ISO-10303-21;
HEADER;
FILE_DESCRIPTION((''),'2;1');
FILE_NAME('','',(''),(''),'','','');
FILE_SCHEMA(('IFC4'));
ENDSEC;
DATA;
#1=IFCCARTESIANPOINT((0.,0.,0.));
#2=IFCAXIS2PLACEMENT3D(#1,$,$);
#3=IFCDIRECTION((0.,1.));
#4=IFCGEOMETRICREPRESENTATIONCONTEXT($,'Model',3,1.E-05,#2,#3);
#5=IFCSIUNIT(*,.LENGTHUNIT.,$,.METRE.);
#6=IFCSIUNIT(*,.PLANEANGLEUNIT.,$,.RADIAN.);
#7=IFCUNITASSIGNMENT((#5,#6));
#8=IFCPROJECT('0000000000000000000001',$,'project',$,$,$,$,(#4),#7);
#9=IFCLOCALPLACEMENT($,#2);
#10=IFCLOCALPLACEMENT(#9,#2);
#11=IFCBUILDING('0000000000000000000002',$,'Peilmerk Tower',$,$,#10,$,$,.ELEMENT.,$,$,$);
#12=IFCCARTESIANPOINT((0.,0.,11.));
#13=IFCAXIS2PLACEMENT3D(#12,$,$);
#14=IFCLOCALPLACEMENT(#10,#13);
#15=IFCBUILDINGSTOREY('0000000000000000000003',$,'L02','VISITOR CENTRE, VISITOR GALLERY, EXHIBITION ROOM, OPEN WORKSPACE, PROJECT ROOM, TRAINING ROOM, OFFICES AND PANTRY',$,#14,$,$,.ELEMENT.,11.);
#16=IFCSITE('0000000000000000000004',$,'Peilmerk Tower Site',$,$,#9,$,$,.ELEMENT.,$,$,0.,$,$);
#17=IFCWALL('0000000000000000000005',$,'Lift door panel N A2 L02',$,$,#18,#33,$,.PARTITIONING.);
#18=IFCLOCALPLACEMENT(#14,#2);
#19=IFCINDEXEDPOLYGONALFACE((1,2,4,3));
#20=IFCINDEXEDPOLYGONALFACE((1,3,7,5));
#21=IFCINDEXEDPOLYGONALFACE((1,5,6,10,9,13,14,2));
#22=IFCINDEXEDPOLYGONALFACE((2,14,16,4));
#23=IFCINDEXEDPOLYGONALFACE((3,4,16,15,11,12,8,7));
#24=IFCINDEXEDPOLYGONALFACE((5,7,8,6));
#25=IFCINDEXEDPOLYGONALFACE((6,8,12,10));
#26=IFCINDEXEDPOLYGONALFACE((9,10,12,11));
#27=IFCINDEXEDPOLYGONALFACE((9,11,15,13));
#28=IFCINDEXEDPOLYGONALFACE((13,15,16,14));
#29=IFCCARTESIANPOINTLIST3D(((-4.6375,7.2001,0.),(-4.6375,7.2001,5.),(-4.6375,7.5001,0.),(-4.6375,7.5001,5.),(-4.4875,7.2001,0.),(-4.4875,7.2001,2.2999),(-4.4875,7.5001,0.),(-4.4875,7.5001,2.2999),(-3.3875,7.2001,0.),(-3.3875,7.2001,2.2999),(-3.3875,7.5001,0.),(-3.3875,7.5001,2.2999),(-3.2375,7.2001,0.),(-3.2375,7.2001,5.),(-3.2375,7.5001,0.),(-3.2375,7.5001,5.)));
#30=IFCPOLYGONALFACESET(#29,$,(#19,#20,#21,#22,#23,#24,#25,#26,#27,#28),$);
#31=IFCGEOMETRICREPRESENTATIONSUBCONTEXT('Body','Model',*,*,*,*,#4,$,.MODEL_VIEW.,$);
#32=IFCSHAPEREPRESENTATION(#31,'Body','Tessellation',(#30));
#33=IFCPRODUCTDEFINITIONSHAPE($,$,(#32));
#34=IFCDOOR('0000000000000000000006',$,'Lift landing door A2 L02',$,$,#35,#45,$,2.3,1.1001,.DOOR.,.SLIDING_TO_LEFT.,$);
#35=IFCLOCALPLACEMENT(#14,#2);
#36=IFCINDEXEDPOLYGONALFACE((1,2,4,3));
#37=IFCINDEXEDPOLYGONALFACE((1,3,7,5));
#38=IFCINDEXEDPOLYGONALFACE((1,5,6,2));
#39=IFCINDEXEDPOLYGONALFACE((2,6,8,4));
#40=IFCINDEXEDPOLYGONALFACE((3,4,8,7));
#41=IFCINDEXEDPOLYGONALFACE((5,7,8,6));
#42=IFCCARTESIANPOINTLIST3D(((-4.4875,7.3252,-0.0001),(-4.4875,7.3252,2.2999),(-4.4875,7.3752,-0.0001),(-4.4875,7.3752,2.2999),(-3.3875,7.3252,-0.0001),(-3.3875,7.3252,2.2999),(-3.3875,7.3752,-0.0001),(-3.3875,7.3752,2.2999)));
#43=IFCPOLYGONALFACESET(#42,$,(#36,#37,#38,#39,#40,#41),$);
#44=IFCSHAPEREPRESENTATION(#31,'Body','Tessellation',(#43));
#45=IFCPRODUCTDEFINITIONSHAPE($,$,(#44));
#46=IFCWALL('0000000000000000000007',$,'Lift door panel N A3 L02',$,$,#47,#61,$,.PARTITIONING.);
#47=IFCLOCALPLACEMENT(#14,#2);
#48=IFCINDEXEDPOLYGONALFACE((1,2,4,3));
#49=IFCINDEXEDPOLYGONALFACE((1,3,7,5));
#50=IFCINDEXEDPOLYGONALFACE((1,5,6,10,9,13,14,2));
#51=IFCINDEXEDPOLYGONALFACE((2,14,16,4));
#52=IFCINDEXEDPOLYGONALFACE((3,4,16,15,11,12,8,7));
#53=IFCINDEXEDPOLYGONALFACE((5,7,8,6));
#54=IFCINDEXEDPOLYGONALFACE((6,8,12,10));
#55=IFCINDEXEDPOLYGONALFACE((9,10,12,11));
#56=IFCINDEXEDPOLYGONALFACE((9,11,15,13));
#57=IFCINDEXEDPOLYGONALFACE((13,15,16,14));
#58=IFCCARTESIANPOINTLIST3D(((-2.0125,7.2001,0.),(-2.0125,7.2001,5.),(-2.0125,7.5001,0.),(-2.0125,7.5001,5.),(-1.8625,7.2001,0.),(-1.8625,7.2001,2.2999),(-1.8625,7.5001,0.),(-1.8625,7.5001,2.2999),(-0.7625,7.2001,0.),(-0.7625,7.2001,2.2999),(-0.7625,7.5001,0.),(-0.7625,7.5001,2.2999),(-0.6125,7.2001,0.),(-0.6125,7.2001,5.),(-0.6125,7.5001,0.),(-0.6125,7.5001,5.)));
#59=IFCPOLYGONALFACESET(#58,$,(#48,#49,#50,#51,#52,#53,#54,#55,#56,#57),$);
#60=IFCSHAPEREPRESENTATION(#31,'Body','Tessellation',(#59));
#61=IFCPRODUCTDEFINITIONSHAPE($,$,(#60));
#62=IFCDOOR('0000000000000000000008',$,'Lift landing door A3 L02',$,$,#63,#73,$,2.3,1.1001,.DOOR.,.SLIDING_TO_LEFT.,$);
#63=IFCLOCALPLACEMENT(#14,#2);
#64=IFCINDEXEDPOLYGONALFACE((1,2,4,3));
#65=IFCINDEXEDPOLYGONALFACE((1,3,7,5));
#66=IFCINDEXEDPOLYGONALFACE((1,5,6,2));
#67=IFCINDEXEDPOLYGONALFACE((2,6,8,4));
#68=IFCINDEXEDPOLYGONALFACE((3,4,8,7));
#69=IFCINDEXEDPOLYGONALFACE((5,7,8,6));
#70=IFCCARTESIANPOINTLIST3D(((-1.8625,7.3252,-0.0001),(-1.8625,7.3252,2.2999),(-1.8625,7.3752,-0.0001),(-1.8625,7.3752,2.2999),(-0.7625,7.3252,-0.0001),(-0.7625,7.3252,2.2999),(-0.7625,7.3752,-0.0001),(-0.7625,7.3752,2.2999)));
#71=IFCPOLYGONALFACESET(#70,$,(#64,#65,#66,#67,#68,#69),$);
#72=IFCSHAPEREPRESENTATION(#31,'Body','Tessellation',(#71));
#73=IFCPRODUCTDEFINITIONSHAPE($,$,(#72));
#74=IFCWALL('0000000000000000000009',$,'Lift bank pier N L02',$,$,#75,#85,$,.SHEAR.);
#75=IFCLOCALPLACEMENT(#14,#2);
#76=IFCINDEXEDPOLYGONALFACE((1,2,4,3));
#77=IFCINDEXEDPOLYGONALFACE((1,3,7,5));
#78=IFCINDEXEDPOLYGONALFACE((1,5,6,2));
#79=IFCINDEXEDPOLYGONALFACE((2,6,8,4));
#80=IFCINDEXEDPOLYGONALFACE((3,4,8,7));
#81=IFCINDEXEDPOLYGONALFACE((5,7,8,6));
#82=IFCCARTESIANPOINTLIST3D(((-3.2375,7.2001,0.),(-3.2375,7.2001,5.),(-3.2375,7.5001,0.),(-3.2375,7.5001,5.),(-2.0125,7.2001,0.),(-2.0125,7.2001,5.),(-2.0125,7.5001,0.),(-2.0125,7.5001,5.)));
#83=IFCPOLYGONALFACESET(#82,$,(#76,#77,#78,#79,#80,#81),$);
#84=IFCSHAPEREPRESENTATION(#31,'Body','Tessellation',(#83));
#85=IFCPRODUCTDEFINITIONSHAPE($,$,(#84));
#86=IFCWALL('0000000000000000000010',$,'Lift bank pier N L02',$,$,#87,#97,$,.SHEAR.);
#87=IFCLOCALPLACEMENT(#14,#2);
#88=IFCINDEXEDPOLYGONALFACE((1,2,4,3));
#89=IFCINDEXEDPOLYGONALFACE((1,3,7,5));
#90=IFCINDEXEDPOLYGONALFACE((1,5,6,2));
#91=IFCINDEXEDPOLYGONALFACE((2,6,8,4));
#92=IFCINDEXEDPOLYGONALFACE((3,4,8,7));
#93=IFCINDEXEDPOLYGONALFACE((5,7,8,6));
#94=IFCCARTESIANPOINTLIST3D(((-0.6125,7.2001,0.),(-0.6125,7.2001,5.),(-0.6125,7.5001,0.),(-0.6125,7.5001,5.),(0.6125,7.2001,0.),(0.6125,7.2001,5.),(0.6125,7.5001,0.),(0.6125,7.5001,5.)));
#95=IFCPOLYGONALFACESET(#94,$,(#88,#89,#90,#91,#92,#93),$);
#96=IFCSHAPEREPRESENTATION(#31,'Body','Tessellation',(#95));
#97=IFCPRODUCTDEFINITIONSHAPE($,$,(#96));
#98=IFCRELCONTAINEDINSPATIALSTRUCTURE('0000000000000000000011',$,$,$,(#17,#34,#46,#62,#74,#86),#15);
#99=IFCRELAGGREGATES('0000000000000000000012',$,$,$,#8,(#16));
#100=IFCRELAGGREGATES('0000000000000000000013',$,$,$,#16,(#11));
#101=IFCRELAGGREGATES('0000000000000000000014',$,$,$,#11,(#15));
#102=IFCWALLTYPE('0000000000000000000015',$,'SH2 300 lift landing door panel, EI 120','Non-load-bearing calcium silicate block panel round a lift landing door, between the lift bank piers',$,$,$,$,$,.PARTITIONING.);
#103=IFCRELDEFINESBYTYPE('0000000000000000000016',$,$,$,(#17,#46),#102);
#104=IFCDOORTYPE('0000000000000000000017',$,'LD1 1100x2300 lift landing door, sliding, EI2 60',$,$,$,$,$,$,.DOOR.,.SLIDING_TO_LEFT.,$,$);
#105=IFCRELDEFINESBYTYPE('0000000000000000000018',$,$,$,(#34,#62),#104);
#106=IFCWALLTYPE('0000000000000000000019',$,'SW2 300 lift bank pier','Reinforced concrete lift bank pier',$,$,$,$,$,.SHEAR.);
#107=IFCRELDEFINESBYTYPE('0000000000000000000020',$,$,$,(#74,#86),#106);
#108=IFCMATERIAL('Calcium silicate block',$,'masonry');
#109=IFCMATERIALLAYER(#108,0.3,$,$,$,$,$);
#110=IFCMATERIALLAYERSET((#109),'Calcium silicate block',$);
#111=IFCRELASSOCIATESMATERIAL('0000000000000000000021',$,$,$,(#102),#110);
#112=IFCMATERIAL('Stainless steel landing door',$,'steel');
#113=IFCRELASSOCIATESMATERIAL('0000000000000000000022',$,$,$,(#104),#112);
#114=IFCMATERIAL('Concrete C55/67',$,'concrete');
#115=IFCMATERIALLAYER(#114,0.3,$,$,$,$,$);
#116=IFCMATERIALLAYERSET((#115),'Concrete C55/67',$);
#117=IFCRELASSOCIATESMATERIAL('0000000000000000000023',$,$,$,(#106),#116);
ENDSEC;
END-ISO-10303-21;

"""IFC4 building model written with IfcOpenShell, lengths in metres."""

from ifc_helpers import new_model, si_unit, direction, frame, frame_2d, origin, place, context, subcontext, project, spatial, rectangle, extrude, material, layer, layer_set, type_object, element, fill, save


model = new_model("IFC4")

# Units and contexts
model_context = context("Model", 3, precision=1e-05, world=origin(), true_north=direction((0.0, 1.0)))
body_context = subcontext(model_context, "Body", "Model", "MODEL_VIEW")
ifc_project = project(units=[si_unit("LENGTHUNIT", "METRE"), si_unit("PLANEANGLEUNIT", "RADIAN")], contexts=[model_context])

# Site, building, storey
site_placement = place(None, origin())
site = spatial("IfcSite", under=ifc_project, at=site_placement, Name="Peilmerk Tower Site", CompositionType="ELEMENT", RefElevation=0.0)
building_placement = place(site_placement, origin())
building = spatial("IfcBuilding", under=site, at=building_placement, Name="Peilmerk Tower", CompositionType="ELEMENT")
storey_placement = place(building_placement, frame((0.0, 0.0, 11.0)))
storey = spatial("IfcBuildingStorey", under=building, at=storey_placement, Name="L02", Description="VISITOR CENTRE, VISITOR GALLERY, EXHIBITION ROOM, OPEN WORKSPACE, PROJECT ROOM, TRAINING ROOM, OFFICES AND PANTRY", CompositionType="ELEMENT", Elevation=11.0)

# Shared definitions
ifc_material_1 = material(Name="Concrete C55/67", Category="concrete")

# Shared definitions
ifc_material_2 = material(Name="Calcium silicate block", Category="masonry")

# Walls, openings, doors
ifc_layer_1 = layer(ifc_material_2, 0.3)
ifc_layer_set_1 = layer_set([ifc_layer_1], Name="Calcium silicate block")
wall_type_1 = type_object("IfcWallType", Name="SH2 300 lift landing door panel, EI 120", Description="Non-load-bearing calcium silicate block panel round a lift landing door, between the lift bank piers", PredefinedType="PARTITIONING", material=ifc_layer_set_1)
wall_1_placement = place(storey_placement, frame((-4.6375, 7.3501, 0.0), z_axis=(0.0, 0.0, 1.0), x_axis=(1.0, 0.0, 0.0)))
wall_1 = element("IfcWall", 1, at=wall_1_placement, inside=storey, type_object=wall_type_1, Name="Lift door panel N A2 L02", PredefinedType="PARTITIONING", context=body_context, shape_type="SweptSolid", body=[
    extrude(rectangle(XDim=1.3999, YDim=0.3, at=frame_2d((0.7, 0.0))), origin(), (0.0, 0.0, 1.0), 5.0),
])
opening_1_placement = place(wall_1_placement, frame((0.1499, 0.0, 0.0)))
opening_1 = element("IfcOpeningElement", 2, at=opening_1_placement, cuts=wall_1, PredefinedType="OPENING", context=body_context, shape_type="SweptSolid", body=[
    extrude(rectangle(XDim=1.1001, YDim=2.3, at=frame_2d((0.55, 1.1499))), frame((0.0, 0.1599, 0.0), z_axis=(0.0, -1.0, 0.0), x_axis=(1.0, 0.0, 0.0)), (0.0, 0.0, 1.0), 0.3201),
])
ifc_material_3 = material(Name="Stainless steel landing door", Category="steel")
door_type_1 = type_object("IfcDoorType", Name="LD1 1100x2300 lift landing door, sliding, EI2 60", OperationType="SLIDING_TO_LEFT", PredefinedType="DOOR", material=ifc_material_3)
door_1_placement = place(opening_1_placement, frame((1.1001, 0.0, 0.0), z_axis=(0.0, 0.0, 1.0), x_axis=(-1.0, 0.0, 0.0)))
door_1 = element("IfcDoor", 3, at=door_1_placement, inside=storey, type_object=door_type_1, Name="Lift landing door A2 L02", OperationType="SLIDING_TO_LEFT", OverallHeight=2.3, OverallWidth=1.1001, PredefinedType="DOOR", context=body_context, shape_type="SweptSolid", body=[
    extrude(rectangle(XDim=1.1001, YDim=2.3, at=frame_2d((0.55, 1.1499))), frame((0.0, 0.0249, 0.0), z_axis=(0.0, -1.0, 0.0), x_axis=(1.0, 0.0, 0.0)), (0.0, 0.0, 1.0), 0.05),
])
fill(opening_1, door_1)
wall_2_placement = place(storey_placement, frame((-2.0125, 7.3501, 0.0), z_axis=(0.0, 0.0, 1.0), x_axis=(1.0, 0.0, 0.0)))
wall_2 = element("IfcWall", 4, at=wall_2_placement, inside=storey, type_object=wall_type_1, Name="Lift door panel N A3 L02", PredefinedType="PARTITIONING", context=body_context, shape_type="SweptSolid", body=[
    extrude(rectangle(XDim=1.3999, YDim=0.3, at=frame_2d((0.7, 0.0))), origin(), (0.0, 0.0, 1.0), 5.0),
])
opening_2_placement = place(wall_2_placement, frame((0.1499, 0.0, 0.0)))
opening_2 = element("IfcOpeningElement", 5, at=opening_2_placement, cuts=wall_2, PredefinedType="OPENING", context=body_context, shape_type="SweptSolid", body=[
    extrude(rectangle(XDim=1.1001, YDim=2.3, at=frame_2d((0.55, 1.1499))), frame((0.0, 0.1599, 0.0), z_axis=(0.0, -1.0, 0.0), x_axis=(1.0, 0.0, 0.0)), (0.0, 0.0, 1.0), 0.3201),
])
door_2_placement = place(opening_2_placement, frame((1.1001, 0.0, 0.0), z_axis=(0.0, 0.0, 1.0), x_axis=(-1.0, 0.0, 0.0)))
door_2 = element("IfcDoor", 6, at=door_2_placement, inside=storey, type_object=door_type_1, Name="Lift landing door A3 L02", OperationType="SLIDING_TO_LEFT", OverallHeight=2.3, OverallWidth=1.1001, PredefinedType="DOOR", context=body_context, shape_type="SweptSolid", body=[
    extrude(rectangle(XDim=1.1001, YDim=2.3, at=frame_2d((0.55, 1.1499))), frame((0.0, 0.0249, 0.0), z_axis=(0.0, -1.0, 0.0), x_axis=(1.0, 0.0, 0.0)), (0.0, 0.0, 1.0), 0.05),
])
fill(opening_2, door_2)

# Walls
ifc_layer_2 = layer(ifc_material_1, 0.3)
ifc_layer_set_2 = layer_set([ifc_layer_2], Name="Concrete C55/67")
wall_type_2 = type_object("IfcWallType", Name="SW2 300 lift bank pier", Description="Reinforced concrete lift bank pier", PredefinedType="SHEAR", material=ifc_layer_set_2)
for number, where, z_axis, x_axis, name in (
    (7, (-3.2375, 7.3501, 0.0), (0.0, 0.0, 1.0), (1.0, 0.0, 0.0), "Lift bank pier N L02"),
    (8, (-0.6125, 7.3501, 0.0), (0.0, 0.0, 1.0), (1.0, 0.0, 0.0), "Lift bank pier N L02"),
):
    element("IfcWall", number, at=place(storey_placement, frame(where, z_axis=z_axis, x_axis=x_axis)), inside=storey, type_object=wall_type_2, Name=name, PredefinedType="SHEAR", context=body_context, shape_type="SweptSolid", body=[
        extrude(rectangle(XDim=1.2251, YDim=0.3, at=frame_2d((0.6125, 0.0))), origin(), (0.0, 0.0, 1.0), 5.0),
    ])

save(model, "model.ifc")
